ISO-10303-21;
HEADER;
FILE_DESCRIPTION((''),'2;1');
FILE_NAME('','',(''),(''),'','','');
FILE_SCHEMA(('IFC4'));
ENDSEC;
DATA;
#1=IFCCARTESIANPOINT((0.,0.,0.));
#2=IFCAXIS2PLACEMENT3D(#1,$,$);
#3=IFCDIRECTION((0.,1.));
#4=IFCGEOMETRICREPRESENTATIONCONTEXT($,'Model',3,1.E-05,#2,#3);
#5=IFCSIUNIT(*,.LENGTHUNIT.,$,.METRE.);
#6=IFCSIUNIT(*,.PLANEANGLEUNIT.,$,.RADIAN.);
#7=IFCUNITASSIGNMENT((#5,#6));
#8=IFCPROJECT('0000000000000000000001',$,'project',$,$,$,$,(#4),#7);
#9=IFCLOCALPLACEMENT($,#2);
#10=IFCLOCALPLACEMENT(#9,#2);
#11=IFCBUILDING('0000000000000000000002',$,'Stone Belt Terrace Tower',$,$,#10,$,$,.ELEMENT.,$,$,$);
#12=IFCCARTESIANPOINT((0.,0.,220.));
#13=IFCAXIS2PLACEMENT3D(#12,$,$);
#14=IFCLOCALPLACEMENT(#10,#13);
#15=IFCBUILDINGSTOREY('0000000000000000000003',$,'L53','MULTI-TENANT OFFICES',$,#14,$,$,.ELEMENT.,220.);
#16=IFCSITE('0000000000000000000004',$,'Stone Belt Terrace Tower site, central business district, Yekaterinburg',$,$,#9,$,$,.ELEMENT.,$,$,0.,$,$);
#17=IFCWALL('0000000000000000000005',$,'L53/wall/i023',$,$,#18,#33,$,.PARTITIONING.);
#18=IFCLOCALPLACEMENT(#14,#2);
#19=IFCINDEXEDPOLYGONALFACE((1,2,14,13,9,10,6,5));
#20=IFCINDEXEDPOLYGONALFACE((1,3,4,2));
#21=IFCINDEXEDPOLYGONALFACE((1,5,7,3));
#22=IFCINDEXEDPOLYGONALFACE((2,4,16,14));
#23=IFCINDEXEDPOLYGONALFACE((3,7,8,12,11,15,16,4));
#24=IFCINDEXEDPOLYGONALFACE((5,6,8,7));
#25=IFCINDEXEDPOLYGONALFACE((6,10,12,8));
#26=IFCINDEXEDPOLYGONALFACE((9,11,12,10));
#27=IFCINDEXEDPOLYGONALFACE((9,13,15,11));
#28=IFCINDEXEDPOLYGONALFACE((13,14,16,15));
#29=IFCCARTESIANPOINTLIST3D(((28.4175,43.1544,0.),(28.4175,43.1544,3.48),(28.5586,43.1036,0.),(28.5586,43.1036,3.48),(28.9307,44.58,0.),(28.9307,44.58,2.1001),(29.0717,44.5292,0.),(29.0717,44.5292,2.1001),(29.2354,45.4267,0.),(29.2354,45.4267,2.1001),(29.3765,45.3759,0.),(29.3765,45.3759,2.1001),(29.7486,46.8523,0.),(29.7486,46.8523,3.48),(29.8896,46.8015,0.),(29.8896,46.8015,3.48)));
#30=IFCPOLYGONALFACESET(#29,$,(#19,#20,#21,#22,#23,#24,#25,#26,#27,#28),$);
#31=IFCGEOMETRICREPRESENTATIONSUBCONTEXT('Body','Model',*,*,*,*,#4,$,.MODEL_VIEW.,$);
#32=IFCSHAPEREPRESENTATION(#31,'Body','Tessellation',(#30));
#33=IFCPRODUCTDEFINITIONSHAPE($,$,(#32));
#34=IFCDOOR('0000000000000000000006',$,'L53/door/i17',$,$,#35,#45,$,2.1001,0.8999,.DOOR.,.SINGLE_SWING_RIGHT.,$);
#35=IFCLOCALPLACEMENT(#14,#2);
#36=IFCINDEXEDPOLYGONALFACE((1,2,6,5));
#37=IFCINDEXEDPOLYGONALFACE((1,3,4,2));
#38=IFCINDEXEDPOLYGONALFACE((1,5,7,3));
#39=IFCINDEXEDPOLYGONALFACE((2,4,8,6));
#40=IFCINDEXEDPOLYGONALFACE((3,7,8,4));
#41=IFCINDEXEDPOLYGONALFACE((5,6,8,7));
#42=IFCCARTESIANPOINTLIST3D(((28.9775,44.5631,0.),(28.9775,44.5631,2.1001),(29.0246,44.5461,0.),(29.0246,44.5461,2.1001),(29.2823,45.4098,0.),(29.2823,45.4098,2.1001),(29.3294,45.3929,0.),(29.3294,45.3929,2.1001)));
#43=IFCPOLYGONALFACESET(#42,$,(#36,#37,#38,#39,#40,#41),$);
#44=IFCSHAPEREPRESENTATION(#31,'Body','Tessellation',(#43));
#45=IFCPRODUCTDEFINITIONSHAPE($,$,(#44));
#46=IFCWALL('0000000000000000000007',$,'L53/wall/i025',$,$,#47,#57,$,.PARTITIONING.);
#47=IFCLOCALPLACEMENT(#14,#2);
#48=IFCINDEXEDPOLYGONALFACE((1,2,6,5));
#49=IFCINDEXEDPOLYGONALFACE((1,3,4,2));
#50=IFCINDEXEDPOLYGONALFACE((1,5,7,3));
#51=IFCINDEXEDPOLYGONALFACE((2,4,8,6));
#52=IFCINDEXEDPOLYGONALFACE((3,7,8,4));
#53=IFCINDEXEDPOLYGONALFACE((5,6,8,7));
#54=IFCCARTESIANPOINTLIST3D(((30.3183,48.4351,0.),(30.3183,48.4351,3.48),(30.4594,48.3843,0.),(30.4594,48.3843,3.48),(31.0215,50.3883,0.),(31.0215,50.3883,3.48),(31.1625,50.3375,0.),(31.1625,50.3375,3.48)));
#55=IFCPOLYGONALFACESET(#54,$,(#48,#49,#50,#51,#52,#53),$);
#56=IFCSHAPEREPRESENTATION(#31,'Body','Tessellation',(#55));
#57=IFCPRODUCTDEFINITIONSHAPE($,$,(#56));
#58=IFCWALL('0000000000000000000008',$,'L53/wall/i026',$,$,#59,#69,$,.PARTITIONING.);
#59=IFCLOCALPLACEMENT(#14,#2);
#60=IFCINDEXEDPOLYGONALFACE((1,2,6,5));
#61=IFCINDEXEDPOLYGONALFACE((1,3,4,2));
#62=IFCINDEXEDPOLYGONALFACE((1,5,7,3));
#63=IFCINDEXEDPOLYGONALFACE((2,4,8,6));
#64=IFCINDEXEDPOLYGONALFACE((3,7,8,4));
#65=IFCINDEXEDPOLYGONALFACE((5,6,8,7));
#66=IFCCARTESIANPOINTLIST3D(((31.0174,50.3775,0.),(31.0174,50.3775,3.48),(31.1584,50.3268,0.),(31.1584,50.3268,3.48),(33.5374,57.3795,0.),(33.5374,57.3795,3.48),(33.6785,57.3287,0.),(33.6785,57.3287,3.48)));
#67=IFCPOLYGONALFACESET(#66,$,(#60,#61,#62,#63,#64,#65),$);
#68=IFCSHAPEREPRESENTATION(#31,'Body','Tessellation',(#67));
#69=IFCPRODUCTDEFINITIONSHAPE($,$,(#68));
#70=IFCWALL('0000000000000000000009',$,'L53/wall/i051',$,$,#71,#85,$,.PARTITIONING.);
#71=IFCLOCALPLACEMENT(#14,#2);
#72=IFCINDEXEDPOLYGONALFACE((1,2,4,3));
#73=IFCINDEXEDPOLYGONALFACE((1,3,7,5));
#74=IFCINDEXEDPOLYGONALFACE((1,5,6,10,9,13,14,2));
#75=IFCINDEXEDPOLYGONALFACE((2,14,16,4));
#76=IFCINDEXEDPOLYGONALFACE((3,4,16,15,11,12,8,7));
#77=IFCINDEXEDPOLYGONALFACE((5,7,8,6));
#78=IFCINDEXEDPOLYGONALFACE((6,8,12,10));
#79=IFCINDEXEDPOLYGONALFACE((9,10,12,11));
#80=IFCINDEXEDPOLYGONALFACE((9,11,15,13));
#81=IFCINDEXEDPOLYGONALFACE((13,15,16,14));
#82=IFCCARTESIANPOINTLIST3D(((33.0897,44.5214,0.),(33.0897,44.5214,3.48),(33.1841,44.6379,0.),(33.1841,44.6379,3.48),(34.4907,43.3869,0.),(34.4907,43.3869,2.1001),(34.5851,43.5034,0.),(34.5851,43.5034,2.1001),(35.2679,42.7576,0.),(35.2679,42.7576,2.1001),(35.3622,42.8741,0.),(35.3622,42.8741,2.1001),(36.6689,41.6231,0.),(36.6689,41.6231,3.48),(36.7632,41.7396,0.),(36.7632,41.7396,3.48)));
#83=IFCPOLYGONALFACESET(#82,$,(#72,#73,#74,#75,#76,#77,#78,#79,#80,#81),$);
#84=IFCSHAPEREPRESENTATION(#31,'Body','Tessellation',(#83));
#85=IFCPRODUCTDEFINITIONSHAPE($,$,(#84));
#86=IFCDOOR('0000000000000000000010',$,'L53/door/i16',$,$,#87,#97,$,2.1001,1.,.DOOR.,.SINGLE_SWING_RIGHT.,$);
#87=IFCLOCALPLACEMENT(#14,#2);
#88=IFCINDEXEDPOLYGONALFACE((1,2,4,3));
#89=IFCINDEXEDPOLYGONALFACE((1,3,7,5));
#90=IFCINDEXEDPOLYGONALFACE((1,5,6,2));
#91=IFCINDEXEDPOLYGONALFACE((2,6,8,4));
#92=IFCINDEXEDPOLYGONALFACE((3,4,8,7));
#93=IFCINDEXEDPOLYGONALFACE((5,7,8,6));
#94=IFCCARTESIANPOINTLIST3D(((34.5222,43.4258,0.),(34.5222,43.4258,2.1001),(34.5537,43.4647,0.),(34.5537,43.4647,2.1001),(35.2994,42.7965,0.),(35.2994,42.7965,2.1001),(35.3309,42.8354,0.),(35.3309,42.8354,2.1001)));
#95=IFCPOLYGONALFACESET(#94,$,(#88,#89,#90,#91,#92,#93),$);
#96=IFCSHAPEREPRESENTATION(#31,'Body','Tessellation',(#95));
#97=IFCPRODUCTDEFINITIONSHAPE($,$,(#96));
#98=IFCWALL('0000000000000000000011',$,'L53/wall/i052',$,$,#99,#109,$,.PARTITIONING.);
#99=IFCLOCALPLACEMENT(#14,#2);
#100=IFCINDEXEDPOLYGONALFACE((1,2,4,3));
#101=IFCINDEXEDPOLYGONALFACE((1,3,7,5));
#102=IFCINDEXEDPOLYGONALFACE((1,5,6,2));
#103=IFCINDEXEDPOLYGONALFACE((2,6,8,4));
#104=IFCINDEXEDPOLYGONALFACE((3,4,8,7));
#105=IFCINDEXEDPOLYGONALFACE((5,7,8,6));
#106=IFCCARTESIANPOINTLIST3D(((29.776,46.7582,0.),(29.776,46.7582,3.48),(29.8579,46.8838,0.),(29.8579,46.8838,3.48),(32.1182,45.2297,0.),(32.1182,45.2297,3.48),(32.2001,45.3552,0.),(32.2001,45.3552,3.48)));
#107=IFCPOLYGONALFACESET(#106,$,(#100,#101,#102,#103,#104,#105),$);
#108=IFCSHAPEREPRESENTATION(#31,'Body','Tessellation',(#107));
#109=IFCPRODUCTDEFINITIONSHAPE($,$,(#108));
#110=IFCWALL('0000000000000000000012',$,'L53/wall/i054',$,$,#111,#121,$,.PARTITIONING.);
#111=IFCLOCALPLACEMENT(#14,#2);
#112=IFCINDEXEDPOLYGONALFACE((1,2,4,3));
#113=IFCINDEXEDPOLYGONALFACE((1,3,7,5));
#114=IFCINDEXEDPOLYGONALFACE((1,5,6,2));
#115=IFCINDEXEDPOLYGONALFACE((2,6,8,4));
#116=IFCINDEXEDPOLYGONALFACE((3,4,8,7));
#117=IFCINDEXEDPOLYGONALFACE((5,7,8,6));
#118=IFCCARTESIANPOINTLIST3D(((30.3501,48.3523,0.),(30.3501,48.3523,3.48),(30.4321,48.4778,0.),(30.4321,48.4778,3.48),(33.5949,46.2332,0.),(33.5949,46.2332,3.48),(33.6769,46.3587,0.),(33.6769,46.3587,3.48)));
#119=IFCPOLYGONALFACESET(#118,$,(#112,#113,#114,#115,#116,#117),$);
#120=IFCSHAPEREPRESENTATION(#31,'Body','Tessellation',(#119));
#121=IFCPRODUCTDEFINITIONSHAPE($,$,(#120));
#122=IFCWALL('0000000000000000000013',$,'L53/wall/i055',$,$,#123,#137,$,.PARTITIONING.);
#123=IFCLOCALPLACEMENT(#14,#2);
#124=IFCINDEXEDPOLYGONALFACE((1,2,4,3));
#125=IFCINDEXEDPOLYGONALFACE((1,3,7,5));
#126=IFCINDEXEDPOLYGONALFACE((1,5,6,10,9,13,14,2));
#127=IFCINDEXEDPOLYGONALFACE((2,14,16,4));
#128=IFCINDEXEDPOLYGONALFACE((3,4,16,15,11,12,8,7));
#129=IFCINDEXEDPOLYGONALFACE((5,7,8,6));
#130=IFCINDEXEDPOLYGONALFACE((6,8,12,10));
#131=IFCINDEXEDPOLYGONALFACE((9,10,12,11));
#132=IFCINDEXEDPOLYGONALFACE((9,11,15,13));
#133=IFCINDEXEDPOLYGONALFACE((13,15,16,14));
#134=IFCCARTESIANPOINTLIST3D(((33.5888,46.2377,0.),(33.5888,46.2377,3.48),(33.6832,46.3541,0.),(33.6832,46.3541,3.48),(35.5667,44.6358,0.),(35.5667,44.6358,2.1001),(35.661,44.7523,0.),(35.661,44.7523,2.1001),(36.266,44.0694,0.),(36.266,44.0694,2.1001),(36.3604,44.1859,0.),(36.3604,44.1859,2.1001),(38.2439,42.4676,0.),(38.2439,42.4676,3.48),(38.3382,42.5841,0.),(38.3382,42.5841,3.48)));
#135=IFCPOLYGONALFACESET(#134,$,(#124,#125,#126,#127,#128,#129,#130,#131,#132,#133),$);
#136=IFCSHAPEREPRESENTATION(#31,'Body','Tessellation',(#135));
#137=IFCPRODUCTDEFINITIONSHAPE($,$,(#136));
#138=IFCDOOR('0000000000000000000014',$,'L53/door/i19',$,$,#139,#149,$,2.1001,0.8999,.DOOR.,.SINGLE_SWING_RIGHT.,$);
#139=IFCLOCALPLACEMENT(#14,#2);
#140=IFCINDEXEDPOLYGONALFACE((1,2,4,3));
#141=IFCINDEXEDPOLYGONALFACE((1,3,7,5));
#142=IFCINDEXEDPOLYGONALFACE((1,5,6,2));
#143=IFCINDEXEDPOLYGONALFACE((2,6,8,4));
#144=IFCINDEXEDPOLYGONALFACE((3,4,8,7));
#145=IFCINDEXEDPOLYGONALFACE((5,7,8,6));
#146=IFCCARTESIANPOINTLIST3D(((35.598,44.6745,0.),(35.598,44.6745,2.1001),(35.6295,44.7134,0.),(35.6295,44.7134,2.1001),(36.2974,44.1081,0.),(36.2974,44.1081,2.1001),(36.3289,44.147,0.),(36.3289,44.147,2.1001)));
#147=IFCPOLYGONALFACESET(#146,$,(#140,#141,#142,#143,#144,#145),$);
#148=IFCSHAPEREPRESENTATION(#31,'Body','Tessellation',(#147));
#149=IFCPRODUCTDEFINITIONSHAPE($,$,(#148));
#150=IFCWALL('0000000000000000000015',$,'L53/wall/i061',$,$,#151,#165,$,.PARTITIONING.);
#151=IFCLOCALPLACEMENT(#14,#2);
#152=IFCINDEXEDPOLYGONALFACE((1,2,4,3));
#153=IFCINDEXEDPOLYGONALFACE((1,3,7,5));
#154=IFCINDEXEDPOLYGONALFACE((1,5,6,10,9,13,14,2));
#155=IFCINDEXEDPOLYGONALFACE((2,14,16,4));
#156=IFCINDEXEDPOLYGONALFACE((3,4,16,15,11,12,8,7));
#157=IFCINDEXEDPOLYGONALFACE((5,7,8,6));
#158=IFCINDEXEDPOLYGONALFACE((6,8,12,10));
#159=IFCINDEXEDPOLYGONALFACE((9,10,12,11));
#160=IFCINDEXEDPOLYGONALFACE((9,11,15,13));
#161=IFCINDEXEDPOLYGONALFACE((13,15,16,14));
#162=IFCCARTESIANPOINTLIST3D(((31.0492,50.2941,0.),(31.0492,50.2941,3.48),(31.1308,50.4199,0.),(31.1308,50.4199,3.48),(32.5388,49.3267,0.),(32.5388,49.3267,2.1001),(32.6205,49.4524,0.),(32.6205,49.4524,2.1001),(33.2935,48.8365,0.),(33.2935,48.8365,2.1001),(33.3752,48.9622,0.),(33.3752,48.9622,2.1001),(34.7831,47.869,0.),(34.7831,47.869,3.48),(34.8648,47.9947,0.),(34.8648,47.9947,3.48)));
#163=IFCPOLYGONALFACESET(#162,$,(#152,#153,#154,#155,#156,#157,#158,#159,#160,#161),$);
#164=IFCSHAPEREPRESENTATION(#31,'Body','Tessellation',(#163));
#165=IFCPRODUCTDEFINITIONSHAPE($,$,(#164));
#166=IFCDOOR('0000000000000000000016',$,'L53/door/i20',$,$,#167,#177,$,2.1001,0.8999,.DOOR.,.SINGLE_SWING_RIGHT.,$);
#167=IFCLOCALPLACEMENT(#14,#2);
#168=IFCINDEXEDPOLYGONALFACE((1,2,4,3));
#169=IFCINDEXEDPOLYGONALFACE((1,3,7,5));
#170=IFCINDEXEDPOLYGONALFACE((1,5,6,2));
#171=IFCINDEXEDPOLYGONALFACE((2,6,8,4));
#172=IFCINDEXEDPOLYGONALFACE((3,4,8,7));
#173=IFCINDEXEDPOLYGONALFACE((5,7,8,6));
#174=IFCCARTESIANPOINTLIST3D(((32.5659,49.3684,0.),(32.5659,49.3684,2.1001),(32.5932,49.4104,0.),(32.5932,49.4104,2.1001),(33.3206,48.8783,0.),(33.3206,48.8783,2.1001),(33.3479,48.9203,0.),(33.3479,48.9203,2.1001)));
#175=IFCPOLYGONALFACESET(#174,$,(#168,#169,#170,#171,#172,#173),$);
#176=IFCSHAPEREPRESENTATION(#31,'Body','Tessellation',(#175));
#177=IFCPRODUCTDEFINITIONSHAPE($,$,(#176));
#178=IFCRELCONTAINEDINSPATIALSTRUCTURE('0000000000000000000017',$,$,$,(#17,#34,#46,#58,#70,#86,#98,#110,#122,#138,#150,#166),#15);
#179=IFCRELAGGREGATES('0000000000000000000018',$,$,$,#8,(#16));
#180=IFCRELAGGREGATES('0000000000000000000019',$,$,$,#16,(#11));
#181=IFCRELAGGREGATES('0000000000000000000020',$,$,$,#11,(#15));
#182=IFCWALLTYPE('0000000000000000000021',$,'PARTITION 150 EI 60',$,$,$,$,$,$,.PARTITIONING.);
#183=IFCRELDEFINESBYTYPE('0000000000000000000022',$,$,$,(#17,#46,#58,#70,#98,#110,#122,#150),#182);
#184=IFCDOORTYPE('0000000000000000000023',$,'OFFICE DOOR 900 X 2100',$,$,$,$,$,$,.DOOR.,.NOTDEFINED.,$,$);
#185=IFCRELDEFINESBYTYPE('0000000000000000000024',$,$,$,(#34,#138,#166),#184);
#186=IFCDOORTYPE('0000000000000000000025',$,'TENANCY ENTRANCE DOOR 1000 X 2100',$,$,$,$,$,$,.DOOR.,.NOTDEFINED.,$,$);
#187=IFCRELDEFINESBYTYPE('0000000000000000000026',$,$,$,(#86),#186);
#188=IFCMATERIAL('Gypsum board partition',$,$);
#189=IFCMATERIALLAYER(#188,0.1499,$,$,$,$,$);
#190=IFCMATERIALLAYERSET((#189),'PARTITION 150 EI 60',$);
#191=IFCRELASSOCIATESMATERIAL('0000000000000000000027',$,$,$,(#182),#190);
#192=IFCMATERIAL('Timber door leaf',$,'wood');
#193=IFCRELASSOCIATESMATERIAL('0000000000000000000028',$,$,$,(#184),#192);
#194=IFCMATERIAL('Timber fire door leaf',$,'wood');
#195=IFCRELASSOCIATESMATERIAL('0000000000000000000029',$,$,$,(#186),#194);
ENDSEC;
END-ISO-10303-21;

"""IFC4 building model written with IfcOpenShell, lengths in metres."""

from ifc_helpers import new_model, si_unit, direction, frame, frame_2d, origin, place, context, subcontext, project, spatial, rectangle, extrude, material, layer, layer_set, type_object, element, fill, save


model = new_model("IFC4")

# Units and contexts
model_context = context("Model", 3, precision=1e-05, world=origin(), true_north=direction((0.0, 1.0)))
body_context = subcontext(model_context, "Body", "Model", "MODEL_VIEW")
ifc_project = project(units=[si_unit("LENGTHUNIT", "METRE"), si_unit("PLANEANGLEUNIT", "RADIAN")], contexts=[model_context])

# Site, building, storey
site_placement = place(None, origin())
site = spatial("IfcSite", under=ifc_project, at=site_placement, Name="Stone Belt Terrace Tower site, central business district, Yekaterinburg", CompositionType="ELEMENT", RefElevation=0.0)
building_placement = place(site_placement, origin())
building = spatial("IfcBuilding", under=site, at=building_placement, Name="Stone Belt Terrace Tower", CompositionType="ELEMENT")
storey_placement = place(building_placement, frame((0.0, 0.0, 220.0)))
storey = spatial("IfcBuildingStorey", under=building, at=storey_placement, Name="L53", Description="MULTI-TENANT OFFICES", CompositionType="ELEMENT", Elevation=220.0)

# Shared definitions
ifc_material_1 = material(Name="Gypsum board partition")

# Wall, opening, door
ifc_layer_1 = layer(ifc_material_1, 0.1499)
ifc_layer_set_1 = layer_set([ifc_layer_1], Name="PARTITION 150 EI 60")
wall_type_1 = type_object("IfcWallType", Name="PARTITION 150 EI 60", PredefinedType="PARTITIONING", material=ifc_layer_set_1)
ifc_material_2 = material(Name="Timber door leaf", Category="wood")
door_type_1 = type_object("IfcDoorType", Name="OFFICE DOOR 900 X 2100", OperationType="NOTDEFINED", PredefinedType="DOOR", material=ifc_material_2)
wall_1_placement = place(storey_placement, frame((29.8191, 46.8269, 0.0), z_axis=(0.0, 0.0, 1.0), x_axis=(-0.338669, -0.940906, 0.0)))
wall_1 = element("IfcWall", 1, at=wall_1_placement, inside=storey, type_object=wall_type_1, Name="L53/wall/i023", PredefinedType="PARTITIONING", context=body_context, shape_type="SweptSolid", body=[
    extrude(rectangle(XDim=3.9302, YDim=0.1499, at=frame_2d((1.9651, 0.0))), origin(), (0.0, 0.0, 1.0), 3.48),
])
opening_1_placement = place(wall_1_placement, frame((1.5151, 0.0, 0.0)))
opening_1 = element("IfcOpeningElement", 2, at=opening_1_placement, cuts=wall_1, PredefinedType="OPENING", context=body_context, shape_type="SweptSolid", body=[
    extrude(rectangle(XDim=0.8999, YDim=2.1001, at=frame_2d((0.45, 1.05))), frame((0.0, 0.085, 0.0), z_axis=(0.0, -1.0, 0.0), x_axis=(1.0, 0.0, 0.0)), (0.0, 0.0, 1.0), 0.1699),
])
door_1_placement = place(opening_1_placement, origin())
door_1 = element("IfcDoor", 3, at=door_1_placement, inside=storey, type_object=door_type_1, Name="L53/door/i17", OperationType="SINGLE_SWING_RIGHT", OverallHeight=2.1001, OverallWidth=0.8999, PredefinedType="DOOR", context=body_context, shape_type="SweptSolid", body=[
    extrude(rectangle(XDim=0.8999, YDim=2.1001, at=frame_2d((0.45, 1.05))), frame((0.0, 0.0249, 0.0), z_axis=(0.0, -1.0, 0.0), x_axis=(1.0, 0.0, 0.0)), (0.0, 0.0, 1.0), 0.05),
])
fill(opening_1, door_1)

# Walls
wall_2_placement = place(storey_placement, frame((31.092, 50.363, 0.0), z_axis=(0.0, 0.0, 1.0), x_axis=(-0.338719, -0.940887, 0.0)))
element("IfcWall", 4, at=wall_2_placement, inside=storey, type_object=wall_type_1, Name="L53/wall/i025", PredefinedType="PARTITIONING", context=body_context, shape_type="SweptSolid", body=[
    extrude(rectangle(XDim=2.0759, YDim=0.1499, at=frame_2d((1.0381, 0.0))), origin(), (0.0, 0.0, 1.0), 3.48),
])
wall_3_placement = place(storey_placement, frame((33.6079, 57.354, 0.0), z_axis=(0.0, 0.0, 1.0), x_axis=(-0.338638, -0.940917, 0.0)))
element("IfcWall", 5, at=wall_3_placement, inside=storey, type_object=wall_type_1, Name="L53/wall/i026", PredefinedType="PARTITIONING", context=body_context, shape_type="SweptSolid", body=[
    extrude(rectangle(XDim=7.4417, YDim=0.1499, at=frame_2d((3.7207, 0.0))), origin(), (0.0, 0.0, 1.0), 3.48),
])

# Wall, opening, door
wall_4_placement = place(storey_placement, frame((36.7161, 41.6814, 0.0), z_axis=(0.0, 0.0, 1.0), x_axis=(-0.777157, 0.629306, 0.0)))
wall_4 = element("IfcWall", 6, at=wall_4_placement, inside=storey, type_object=wall_type_1, Name="L53/wall/i051", PredefinedType="PARTITIONING", context=body_context, shape_type="SweptSolid", body=[
    extrude(rectangle(XDim=4.6055, YDim=0.1499, at=frame_2d((2.3027, 0.0))), origin(), (0.0, 0.0, 1.0), 3.48),
])
opening_2_placement = place(wall_4_placement, frame((1.8027, 0.0, 0.0)))
opening_2 = element("IfcOpeningElement", 7, at=opening_2_placement, cuts=wall_4, PredefinedType="OPENING", context=body_context, shape_type="SweptSolid", body=[
    extrude(rectangle(XDim=1.0, YDim=2.1001, at=frame_2d((0.5, 1.05))), frame((0.0, 0.085, 0.0), z_axis=(0.0, -1.0, 0.0), x_axis=(1.0, 0.0, 0.0)), (0.0, 0.0, 1.0), 0.1699),
])
ifc_material_3 = material(Name="Timber fire door leaf", Category="wood")
door_type_2 = type_object("IfcDoorType", Name="TENANCY ENTRANCE DOOR 1000 X 2100", OperationType="NOTDEFINED", PredefinedType="DOOR", material=ifc_material_3)
door_2_placement = place(opening_2_placement, origin())
door_2 = element("IfcDoor", 8, at=door_2_placement, inside=storey, type_object=door_type_2, Name="L53/door/i16", OperationType="SINGLE_SWING_RIGHT", OverallHeight=2.1001, OverallWidth=1.0, PredefinedType="DOOR", context=body_context, shape_type="SweptSolid", body=[
    extrude(rectangle(XDim=1.0, YDim=2.1001, at=frame_2d((0.5, 1.05))), frame((0.0, 0.0249, 0.0), z_axis=(0.0, -1.0, 0.0), x_axis=(1.0, 0.0, 0.0)), (0.0, 0.0, 1.0), 0.05),
])
fill(opening_2, door_2)

# Walls
wall_5_placement = place(storey_placement, frame((32.1592, 45.2925, 0.0), z_axis=(0.0, 0.0, 1.0), x_axis=(-0.837449, 0.546515, 0.0)))
element("IfcWall", 9, at=wall_5_placement, inside=storey, type_object=wall_type_1, Name="L53/wall/i052", PredefinedType="PARTITIONING", context=body_context, shape_type="SweptSolid", body=[
    extrude(rectangle(XDim=2.7969, YDim=0.1499, at=frame_2d((1.3984, 0.0))), origin(), (0.0, 0.0, 1.0), 3.48),
])
wall_6_placement = place(storey_placement, frame((30.3911, 48.415, 0.0), z_axis=(0.0, 0.0, 1.0), x_axis=(0.837266, -0.546796, 0.0)))
element("IfcWall", 10, at=wall_6_placement, inside=storey, type_object=wall_type_1, Name="L53/wall/i054", PredefinedType="PARTITIONING", context=body_context, shape_type="SweptSolid", body=[
    extrude(rectangle(XDim=3.8755, YDim=0.1499, at=frame_2d((1.9377, 0.0))), origin(), (0.0, 0.0, 1.0), 3.48),
])

# Walls, openings, doors
wall_7_placement = place(storey_placement, frame((33.636, 46.2959, 0.0), z_axis=(0.0, 0.0, 1.0), x_axis=(0.777109, -0.629366, 0.0)))
wall_7 = element("IfcWall", 11, at=wall_7_placement, inside=storey, type_object=wall_type_1, Name="L53/wall/i055", PredefinedType="PARTITIONING", context=body_context, shape_type="SweptSolid", body=[
    extrude(rectangle(XDim=5.9902, YDim=0.1499, at=frame_2d((2.9951, 0.0))), origin(), (0.0, 0.0, 1.0), 3.48),
])
opening_3_placement = place(wall_7_placement, frame((2.5452, 0.0, 0.0)))
opening_3 = element("IfcOpeningElement", 12, at=opening_3_placement, cuts=wall_7, PredefinedType="OPENING", context=body_context, shape_type="SweptSolid", body=[
    extrude(rectangle(XDim=0.8999, YDim=2.1001, at=frame_2d((0.45, 1.05))), frame((0.0, 0.085, 0.0), z_axis=(0.0, -1.0, 0.0), x_axis=(1.0, 0.0, 0.0)), (0.0, 0.0, 1.0), 0.1699),
])
door_3_placement = place(opening_3_placement, origin())
door_3 = element("IfcDoor", 13, at=door_3_placement, inside=storey, type_object=door_type_1, Name="L53/door/i19", OperationType="SINGLE_SWING_RIGHT", OverallHeight=2.1001, OverallWidth=0.8999, PredefinedType="DOOR", context=body_context, shape_type="SweptSolid", body=[
    extrude(rectangle(XDim=0.8999, YDim=2.1001, at=frame_2d((0.45, 1.05))), frame((0.0, 0.0249, 0.0), z_axis=(0.0, -1.0, 0.0), x_axis=(1.0, 0.0, 0.0)), (0.0, 0.0, 1.0), 0.05),
])
fill(opening_3, door_3)
wall_8_placement = place(storey_placement, frame((31.0901, 50.3569, 0.0), z_axis=(0.0, 0.0, 1.0), x_axis=(0.838647, -0.544676, 0.0)))
wall_8 = element("IfcWall", 14, at=wall_8_placement, inside=storey, type_object=wall_type_1, Name="L53/wall/i061", PredefinedType="PARTITIONING", context=body_context, shape_type="SweptSolid", body=[
    extrude(rectangle(XDim=4.4524, YDim=0.1499, at=frame_2d((2.2261, 0.0))), origin(), (0.0, 0.0, 1.0), 3.48),
])
opening_4_placement = place(wall_8_placement, frame((1.7761, 0.0, 0.0)))
opening_4 = element("IfcOpeningElement", 15, at=opening_4_placement, cuts=wall_8, PredefinedType="OPENING", context=body_context, shape_type="SweptSolid", body=[
    extrude(rectangle(XDim=0.8999, YDim=2.1001, at=frame_2d((0.45, 1.05))), frame((0.0, 0.085, 0.0), z_axis=(0.0, -1.0, 0.0), x_axis=(1.0, 0.0, 0.0)), (0.0, 0.0, 1.0), 0.1699),
])
door_4_placement = place(opening_4_placement, origin())
door_4 = element("IfcDoor", 16, at=door_4_placement, inside=storey, type_object=door_type_1, Name="L53/door/i20", OperationType="SINGLE_SWING_RIGHT", OverallHeight=2.1001, OverallWidth=0.8999, PredefinedType="DOOR", context=body_context, shape_type="SweptSolid", body=[
    extrude(rectangle(XDim=0.8999, YDim=2.1001, at=frame_2d((0.45, 1.05))), frame((0.0, 0.0249, 0.0), z_axis=(0.0, -1.0, 0.0), x_axis=(1.0, 0.0, 0.0)), (0.0, 0.0, 1.0), 0.05),
])
fill(opening_4, door_4)

save(model, "model.ifc")
